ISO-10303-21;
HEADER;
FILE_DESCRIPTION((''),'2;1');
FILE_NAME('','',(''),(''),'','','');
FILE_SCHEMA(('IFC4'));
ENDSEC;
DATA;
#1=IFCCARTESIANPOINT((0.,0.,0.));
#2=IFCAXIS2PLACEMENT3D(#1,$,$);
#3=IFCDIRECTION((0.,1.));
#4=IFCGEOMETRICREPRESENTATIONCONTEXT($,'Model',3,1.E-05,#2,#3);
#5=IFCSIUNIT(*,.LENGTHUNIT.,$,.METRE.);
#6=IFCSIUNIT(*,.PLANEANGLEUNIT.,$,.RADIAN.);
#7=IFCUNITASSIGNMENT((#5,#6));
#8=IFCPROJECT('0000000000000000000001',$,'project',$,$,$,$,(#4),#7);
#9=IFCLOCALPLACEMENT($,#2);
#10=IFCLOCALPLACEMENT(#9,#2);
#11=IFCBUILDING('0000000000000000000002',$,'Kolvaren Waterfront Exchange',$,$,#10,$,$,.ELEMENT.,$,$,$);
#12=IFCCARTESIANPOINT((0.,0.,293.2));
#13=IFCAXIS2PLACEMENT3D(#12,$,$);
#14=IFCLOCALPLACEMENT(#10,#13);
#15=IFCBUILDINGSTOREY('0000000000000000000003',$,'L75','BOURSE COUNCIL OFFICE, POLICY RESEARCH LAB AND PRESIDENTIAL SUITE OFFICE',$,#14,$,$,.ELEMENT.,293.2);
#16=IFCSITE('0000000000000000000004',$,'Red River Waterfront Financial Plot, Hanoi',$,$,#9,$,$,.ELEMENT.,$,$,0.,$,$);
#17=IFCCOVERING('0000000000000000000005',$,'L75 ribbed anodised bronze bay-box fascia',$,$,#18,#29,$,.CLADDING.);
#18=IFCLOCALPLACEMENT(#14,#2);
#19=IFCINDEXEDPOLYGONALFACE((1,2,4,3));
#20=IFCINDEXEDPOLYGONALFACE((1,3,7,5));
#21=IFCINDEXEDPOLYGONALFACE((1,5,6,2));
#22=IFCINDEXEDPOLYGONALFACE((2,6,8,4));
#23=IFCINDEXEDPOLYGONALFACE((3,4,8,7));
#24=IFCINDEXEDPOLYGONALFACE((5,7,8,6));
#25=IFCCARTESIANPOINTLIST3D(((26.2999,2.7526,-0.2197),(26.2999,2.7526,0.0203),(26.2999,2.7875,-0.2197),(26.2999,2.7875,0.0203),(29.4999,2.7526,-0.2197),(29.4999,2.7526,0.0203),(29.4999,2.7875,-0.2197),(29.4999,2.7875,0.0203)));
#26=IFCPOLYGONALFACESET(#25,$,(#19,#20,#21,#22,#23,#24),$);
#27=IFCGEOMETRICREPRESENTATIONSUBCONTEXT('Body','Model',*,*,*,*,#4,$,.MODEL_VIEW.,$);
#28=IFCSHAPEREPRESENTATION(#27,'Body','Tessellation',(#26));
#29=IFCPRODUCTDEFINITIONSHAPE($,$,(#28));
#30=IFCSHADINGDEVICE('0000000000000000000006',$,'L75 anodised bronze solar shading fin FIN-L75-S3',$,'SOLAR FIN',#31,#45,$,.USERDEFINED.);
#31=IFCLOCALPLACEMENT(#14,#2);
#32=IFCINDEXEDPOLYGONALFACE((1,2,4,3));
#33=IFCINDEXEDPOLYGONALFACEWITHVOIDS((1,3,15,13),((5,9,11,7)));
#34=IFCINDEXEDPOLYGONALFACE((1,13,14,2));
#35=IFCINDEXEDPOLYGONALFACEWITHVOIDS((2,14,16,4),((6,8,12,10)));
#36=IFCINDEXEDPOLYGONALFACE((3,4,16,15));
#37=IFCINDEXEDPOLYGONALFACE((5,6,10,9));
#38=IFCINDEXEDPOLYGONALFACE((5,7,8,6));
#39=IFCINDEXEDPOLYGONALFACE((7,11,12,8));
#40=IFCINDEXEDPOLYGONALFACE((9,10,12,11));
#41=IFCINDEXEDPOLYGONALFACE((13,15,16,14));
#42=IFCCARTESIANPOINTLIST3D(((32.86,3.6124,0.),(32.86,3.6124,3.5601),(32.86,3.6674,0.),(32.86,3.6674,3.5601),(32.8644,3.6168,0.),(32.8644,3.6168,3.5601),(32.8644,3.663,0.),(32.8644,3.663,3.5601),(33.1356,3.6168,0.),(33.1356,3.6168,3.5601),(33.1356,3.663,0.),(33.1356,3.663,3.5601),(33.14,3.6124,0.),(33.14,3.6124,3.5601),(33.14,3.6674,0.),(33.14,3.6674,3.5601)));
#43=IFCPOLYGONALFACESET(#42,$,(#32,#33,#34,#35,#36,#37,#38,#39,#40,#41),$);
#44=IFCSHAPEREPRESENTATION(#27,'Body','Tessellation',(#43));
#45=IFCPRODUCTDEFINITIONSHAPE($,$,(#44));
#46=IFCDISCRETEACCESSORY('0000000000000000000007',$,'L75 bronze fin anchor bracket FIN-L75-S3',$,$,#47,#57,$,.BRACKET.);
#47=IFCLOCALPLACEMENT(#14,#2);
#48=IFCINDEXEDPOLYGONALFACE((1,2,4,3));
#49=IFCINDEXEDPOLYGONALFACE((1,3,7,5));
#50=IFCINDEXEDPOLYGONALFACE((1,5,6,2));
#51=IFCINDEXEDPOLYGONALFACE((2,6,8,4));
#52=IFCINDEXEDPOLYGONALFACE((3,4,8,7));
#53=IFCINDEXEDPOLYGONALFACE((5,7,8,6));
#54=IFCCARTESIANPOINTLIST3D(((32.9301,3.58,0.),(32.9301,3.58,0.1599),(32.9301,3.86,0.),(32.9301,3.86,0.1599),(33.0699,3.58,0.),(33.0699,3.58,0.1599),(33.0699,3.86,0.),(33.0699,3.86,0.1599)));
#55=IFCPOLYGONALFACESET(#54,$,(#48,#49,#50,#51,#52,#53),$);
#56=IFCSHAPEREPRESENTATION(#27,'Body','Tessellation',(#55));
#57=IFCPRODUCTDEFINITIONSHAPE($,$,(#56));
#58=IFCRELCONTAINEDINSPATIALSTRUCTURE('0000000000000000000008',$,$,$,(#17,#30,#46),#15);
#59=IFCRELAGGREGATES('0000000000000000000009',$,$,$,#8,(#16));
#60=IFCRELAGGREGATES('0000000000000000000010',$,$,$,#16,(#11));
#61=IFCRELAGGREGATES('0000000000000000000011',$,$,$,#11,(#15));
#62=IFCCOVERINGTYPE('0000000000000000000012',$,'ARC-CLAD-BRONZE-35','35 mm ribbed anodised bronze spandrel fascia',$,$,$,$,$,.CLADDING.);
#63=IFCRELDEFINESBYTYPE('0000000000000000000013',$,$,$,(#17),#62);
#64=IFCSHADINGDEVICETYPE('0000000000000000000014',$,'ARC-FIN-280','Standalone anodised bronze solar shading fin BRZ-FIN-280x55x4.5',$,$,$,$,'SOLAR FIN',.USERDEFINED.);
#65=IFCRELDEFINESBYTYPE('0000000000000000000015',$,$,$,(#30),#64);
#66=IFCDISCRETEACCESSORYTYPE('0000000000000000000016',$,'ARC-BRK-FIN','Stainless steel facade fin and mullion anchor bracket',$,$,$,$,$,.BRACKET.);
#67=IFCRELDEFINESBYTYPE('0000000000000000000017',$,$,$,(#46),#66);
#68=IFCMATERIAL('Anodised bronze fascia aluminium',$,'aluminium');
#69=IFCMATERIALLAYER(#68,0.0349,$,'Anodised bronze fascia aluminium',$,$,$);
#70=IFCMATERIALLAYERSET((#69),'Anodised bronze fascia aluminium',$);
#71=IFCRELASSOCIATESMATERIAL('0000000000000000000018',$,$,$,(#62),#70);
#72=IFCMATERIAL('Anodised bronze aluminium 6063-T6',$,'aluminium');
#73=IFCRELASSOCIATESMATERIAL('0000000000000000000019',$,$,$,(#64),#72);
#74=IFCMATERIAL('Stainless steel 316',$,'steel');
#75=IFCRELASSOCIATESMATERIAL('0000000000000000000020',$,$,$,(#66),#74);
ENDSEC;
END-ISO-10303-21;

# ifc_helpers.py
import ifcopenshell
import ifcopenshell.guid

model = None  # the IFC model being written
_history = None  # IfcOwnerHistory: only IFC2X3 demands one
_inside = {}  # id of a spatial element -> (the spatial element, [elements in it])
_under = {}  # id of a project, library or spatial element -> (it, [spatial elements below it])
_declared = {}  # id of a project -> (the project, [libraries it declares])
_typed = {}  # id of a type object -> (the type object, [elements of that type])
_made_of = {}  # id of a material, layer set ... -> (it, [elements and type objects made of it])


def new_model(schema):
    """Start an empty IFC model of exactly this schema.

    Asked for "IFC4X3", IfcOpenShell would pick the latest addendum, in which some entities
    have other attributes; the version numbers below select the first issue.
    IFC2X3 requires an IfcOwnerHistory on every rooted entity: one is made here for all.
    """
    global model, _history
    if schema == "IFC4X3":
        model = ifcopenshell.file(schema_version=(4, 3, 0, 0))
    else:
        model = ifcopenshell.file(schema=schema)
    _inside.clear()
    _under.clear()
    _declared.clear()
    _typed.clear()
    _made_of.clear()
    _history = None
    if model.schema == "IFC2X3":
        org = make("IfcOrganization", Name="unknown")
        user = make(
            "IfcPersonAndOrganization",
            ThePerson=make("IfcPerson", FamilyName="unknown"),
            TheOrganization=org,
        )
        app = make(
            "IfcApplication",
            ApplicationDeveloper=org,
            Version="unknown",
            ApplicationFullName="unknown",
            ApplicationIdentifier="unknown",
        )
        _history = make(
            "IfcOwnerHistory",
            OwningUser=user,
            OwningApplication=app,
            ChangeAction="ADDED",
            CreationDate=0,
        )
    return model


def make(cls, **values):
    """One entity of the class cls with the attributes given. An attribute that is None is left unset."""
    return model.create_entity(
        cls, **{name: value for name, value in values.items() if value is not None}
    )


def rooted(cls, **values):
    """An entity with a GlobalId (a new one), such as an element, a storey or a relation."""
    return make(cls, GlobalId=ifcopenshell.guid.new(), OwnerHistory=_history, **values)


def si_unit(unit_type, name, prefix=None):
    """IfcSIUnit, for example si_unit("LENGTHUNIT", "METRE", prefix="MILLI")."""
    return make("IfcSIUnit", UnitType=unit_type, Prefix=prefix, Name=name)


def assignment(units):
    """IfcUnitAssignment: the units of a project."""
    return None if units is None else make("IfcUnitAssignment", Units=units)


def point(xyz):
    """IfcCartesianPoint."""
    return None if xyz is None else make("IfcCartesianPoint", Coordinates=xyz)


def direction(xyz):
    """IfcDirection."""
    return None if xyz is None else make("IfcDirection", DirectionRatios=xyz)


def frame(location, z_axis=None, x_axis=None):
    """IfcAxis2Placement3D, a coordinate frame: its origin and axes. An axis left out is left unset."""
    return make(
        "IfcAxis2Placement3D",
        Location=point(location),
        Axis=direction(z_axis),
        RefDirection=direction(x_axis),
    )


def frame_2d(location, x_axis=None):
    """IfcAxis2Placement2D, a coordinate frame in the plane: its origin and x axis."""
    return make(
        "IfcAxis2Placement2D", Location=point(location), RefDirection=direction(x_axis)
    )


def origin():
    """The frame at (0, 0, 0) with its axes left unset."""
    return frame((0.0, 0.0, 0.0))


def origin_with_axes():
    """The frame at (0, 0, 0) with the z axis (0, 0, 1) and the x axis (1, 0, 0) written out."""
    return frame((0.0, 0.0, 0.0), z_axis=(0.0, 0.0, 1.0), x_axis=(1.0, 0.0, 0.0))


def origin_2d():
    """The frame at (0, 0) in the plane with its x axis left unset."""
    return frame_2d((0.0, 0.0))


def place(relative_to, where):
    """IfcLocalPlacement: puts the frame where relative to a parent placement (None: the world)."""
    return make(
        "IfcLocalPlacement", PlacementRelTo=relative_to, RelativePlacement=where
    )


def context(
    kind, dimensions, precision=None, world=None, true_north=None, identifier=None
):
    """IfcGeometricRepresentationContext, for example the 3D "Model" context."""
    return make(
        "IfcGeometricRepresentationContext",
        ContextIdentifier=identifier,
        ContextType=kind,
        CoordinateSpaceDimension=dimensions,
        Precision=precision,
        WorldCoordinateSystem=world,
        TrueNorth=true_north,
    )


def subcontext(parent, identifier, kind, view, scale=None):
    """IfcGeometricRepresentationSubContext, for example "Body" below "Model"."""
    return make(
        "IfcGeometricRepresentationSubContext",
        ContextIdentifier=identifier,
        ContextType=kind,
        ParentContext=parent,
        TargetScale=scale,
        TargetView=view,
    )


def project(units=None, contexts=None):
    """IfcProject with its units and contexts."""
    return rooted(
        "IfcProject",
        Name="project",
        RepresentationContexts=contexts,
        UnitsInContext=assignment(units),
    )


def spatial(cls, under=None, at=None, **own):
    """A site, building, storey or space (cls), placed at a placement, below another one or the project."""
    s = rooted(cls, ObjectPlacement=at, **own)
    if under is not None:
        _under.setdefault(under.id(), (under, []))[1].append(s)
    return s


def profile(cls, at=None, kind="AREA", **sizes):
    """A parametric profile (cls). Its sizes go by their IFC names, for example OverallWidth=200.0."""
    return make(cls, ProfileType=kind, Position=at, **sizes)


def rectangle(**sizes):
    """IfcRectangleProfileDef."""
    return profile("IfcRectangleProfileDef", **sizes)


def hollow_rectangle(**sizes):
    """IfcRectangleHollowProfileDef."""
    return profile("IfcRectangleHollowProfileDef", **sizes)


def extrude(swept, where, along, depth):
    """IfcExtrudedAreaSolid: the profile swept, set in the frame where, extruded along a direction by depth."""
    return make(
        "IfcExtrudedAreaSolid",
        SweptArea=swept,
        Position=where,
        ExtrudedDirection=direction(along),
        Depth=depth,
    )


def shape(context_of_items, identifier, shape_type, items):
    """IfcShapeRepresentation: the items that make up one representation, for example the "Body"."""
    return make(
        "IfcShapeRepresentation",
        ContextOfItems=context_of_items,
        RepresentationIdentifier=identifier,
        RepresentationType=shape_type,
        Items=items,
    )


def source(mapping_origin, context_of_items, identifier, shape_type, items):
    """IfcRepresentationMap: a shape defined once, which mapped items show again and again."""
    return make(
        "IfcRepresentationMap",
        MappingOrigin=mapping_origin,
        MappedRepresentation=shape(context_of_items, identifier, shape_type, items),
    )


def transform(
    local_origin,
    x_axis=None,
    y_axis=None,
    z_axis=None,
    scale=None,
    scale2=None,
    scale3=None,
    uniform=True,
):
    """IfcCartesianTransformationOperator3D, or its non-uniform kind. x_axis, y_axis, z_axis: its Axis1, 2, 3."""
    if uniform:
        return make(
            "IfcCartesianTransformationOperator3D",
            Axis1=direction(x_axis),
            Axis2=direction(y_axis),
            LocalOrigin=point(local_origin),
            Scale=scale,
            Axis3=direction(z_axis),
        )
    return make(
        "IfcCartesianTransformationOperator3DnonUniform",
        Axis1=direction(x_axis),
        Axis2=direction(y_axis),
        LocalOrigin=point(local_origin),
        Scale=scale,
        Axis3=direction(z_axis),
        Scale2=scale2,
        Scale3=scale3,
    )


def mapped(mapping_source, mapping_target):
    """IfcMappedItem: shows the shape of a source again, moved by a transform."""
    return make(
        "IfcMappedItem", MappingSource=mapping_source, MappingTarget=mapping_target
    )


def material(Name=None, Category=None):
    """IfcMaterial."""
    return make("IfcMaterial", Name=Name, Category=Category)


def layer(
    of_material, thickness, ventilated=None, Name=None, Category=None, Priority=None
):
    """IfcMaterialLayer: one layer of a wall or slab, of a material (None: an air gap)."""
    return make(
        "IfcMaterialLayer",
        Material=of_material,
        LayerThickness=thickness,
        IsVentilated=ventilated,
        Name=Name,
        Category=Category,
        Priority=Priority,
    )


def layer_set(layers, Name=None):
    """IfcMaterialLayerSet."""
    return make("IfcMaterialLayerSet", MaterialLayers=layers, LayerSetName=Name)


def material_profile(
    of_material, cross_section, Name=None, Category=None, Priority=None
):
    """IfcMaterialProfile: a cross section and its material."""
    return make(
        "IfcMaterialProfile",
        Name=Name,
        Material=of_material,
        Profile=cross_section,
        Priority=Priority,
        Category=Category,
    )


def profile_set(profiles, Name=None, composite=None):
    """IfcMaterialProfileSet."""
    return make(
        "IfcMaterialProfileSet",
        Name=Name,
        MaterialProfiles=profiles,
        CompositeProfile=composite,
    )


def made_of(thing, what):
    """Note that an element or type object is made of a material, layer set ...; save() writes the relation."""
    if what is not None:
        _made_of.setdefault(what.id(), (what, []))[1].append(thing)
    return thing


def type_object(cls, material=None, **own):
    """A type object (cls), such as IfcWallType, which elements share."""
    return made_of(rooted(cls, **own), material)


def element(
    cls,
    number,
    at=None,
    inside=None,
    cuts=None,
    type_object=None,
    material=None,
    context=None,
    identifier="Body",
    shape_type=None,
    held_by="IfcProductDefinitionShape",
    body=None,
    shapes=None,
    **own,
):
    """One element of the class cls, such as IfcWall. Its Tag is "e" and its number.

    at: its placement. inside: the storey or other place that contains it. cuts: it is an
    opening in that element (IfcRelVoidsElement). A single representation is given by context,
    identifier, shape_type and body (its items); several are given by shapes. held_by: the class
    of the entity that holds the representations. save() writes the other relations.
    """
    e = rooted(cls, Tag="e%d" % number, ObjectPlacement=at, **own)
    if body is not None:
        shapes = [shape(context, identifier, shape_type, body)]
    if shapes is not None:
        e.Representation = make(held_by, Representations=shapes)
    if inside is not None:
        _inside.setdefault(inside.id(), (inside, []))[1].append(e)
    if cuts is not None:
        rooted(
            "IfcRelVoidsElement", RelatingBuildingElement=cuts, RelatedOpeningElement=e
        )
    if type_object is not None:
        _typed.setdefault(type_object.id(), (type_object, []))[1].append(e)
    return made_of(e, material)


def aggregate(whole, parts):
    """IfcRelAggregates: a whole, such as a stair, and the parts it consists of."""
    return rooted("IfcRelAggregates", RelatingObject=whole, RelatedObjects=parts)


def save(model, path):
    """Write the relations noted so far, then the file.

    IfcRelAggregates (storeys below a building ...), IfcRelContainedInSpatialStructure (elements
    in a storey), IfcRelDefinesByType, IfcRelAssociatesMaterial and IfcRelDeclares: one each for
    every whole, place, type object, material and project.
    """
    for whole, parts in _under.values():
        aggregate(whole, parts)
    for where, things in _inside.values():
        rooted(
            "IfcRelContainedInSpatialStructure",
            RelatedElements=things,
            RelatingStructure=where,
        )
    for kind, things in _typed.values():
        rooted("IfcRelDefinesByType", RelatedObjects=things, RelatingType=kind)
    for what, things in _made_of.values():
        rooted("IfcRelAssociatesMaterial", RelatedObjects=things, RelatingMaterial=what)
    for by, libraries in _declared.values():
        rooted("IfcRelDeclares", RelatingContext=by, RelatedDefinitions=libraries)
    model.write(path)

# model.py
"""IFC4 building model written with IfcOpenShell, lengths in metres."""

from ifc_helpers import new_model, si_unit, direction, frame, origin, origin_with_axes, origin_2d, place, context, subcontext, project, spatial, rectangle, hollow_rectangle, extrude, source, transform, mapped, material, layer, layer_set, material_profile, profile_set, type_object, element, save


model = new_model("IFC4")

# Units and contexts
model_context = context("Model", 3, precision=1e-05, world=origin(), true_north=direction((0.0, 1.0)))
body_context = subcontext(model_context, "Body", "Model", "MODEL_VIEW")
ifc_project = project(units=[si_unit("LENGTHUNIT", "METRE"), si_unit("PLANEANGLEUNIT", "RADIAN")], contexts=[model_context])

# Site, building, storey
site_placement = place(None, origin())
site = spatial("IfcSite", under=ifc_project, at=site_placement, Name="Red River Waterfront Financial Plot, Hanoi", CompositionType="ELEMENT", RefElevation=0.0)
building_placement = place(site_placement, origin())
building = spatial("IfcBuilding", under=site, at=building_placement, Name="Kolvaren Waterfront Exchange", CompositionType="ELEMENT")
storey_placement = place(building_placement, frame((0.0, 0.0, 293.2)))
storey = spatial("IfcBuildingStorey", under=building, at=storey_placement, Name="L75", Description="BOURSE COUNCIL OFFICE, POLICY RESEARCH LAB AND PRESIDENTIAL SUITE OFFICE", CompositionType="ELEMENT", Elevation=293.2)

# Shared definitions
ifc_material_1 = material(Name="Anodised bronze aluminium 6063-T6", Category="aluminium")

# Covering
ifc_material_2 = material(Name="Anodised bronze fascia aluminium", Category="aluminium")
ifc_layer_1 = layer(ifc_material_2, 0.0349, Name="Anodised bronze fascia aluminium")
ifc_layer_set_1 = layer_set([ifc_layer_1], Name="Anodised bronze fascia aluminium")
covering_type = type_object("IfcCoveringType", Name="ARC-CLAD-BRONZE-35", Description="35 mm ribbed anodised bronze spandrel fascia", PredefinedType="CLADDING", material=ifc_layer_set_1)
covering_placement = place(storey_placement, frame((27.8999, 2.77, -0.2197), z_axis=(0.0, 0.0, 1.0), x_axis=(1.0, 0.0, 0.0)))
element("IfcCovering", 1, at=covering_placement, inside=storey, type_object=covering_type, Name="L75 ribbed anodised bronze bay-box fascia", PredefinedType="CLADDING", context=body_context, shape_type="SweptSolid", body=[
    extrude(rectangle(XDim=3.2, YDim=0.0349, at=origin_2d()), origin(), (0.0, 0.0, 1.0), 0.24),
])

# Shading device
ifc_material_profile_1 = material_profile(ifc_material_1, hollow_rectangle(XDim=0.0549, YDim=0.28, WallThickness=0.0044, at=origin_2d()), Name="BRZ-FIN-280x55x4.5")
ifc_profile_set_1 = profile_set([ifc_material_profile_1], Name="Anodised bronze aluminium 6063-T6")
shading_device_type = type_object("IfcShadingDeviceType", Name="ARC-FIN-280", Description="Standalone anodised bronze solar shading fin BRZ-FIN-280x55x4.5", ElementType="SOLAR FIN", PredefinedType="USERDEFINED", material=ifc_profile_set_1)
shading_device_placement = place(storey_placement, frame((33.0, 3.6399, 0.0), z_axis=(0.0, 0.0, 1.0), x_axis=(0.0, -1.0, 0.0)))
element("IfcShadingDevice", 2, at=shading_device_placement, inside=storey, type_object=shading_device_type, Name="L75 anodised bronze solar shading fin FIN-L75-S3", ObjectType="SOLAR FIN", PredefinedType="USERDEFINED", context=body_context, shape_type="SweptSolid", body=[
    extrude(hollow_rectangle(XDim=0.0549, YDim=0.28, WallThickness=0.0044, at=origin_2d()), origin(), (0.0, 0.0, 1.0), 3.5601),
])

# Discrete accessory
ifc_material_3 = material(Name="Stainless steel 316", Category="steel")
discrete_accessory_type = type_object("IfcDiscreteAccessoryType", Name="ARC-BRK-FIN", Description="Stainless steel facade fin and mullion anchor bracket", PredefinedType="BRACKET", material=ifc_material_3)
shared_shape_1 = source(origin_with_axes(), body_context, "Body", "SweptSolid", [
    extrude(rectangle(XDim=0.28, YDim=0.1399, at=origin_2d()), origin(), (0.0, 0.0, 1.0), 0.1599),
])
discrete_accessory_placement = place(storey_placement, frame((33.0, 3.72, 0.0), z_axis=(0.0, 0.0, 1.0), x_axis=(0.0, -1.0, 0.0)))
element("IfcDiscreteAccessory", 3, at=discrete_accessory_placement, inside=storey, type_object=discrete_accessory_type, Name="L75 bronze fin anchor bracket FIN-L75-S3", PredefinedType="BRACKET", context=body_context, shape_type="MappedRepresentation", body=[
    mapped(shared_shape_1, transform((0.0, 0.0, 0.0), x_axis=(1.0, 0.0, 0.0), y_axis=(0.0, 1.0, 0.0), z_axis=(0.0, 0.0, 1.0), scale=1.0)),
])

save(model, "model.ifc")
